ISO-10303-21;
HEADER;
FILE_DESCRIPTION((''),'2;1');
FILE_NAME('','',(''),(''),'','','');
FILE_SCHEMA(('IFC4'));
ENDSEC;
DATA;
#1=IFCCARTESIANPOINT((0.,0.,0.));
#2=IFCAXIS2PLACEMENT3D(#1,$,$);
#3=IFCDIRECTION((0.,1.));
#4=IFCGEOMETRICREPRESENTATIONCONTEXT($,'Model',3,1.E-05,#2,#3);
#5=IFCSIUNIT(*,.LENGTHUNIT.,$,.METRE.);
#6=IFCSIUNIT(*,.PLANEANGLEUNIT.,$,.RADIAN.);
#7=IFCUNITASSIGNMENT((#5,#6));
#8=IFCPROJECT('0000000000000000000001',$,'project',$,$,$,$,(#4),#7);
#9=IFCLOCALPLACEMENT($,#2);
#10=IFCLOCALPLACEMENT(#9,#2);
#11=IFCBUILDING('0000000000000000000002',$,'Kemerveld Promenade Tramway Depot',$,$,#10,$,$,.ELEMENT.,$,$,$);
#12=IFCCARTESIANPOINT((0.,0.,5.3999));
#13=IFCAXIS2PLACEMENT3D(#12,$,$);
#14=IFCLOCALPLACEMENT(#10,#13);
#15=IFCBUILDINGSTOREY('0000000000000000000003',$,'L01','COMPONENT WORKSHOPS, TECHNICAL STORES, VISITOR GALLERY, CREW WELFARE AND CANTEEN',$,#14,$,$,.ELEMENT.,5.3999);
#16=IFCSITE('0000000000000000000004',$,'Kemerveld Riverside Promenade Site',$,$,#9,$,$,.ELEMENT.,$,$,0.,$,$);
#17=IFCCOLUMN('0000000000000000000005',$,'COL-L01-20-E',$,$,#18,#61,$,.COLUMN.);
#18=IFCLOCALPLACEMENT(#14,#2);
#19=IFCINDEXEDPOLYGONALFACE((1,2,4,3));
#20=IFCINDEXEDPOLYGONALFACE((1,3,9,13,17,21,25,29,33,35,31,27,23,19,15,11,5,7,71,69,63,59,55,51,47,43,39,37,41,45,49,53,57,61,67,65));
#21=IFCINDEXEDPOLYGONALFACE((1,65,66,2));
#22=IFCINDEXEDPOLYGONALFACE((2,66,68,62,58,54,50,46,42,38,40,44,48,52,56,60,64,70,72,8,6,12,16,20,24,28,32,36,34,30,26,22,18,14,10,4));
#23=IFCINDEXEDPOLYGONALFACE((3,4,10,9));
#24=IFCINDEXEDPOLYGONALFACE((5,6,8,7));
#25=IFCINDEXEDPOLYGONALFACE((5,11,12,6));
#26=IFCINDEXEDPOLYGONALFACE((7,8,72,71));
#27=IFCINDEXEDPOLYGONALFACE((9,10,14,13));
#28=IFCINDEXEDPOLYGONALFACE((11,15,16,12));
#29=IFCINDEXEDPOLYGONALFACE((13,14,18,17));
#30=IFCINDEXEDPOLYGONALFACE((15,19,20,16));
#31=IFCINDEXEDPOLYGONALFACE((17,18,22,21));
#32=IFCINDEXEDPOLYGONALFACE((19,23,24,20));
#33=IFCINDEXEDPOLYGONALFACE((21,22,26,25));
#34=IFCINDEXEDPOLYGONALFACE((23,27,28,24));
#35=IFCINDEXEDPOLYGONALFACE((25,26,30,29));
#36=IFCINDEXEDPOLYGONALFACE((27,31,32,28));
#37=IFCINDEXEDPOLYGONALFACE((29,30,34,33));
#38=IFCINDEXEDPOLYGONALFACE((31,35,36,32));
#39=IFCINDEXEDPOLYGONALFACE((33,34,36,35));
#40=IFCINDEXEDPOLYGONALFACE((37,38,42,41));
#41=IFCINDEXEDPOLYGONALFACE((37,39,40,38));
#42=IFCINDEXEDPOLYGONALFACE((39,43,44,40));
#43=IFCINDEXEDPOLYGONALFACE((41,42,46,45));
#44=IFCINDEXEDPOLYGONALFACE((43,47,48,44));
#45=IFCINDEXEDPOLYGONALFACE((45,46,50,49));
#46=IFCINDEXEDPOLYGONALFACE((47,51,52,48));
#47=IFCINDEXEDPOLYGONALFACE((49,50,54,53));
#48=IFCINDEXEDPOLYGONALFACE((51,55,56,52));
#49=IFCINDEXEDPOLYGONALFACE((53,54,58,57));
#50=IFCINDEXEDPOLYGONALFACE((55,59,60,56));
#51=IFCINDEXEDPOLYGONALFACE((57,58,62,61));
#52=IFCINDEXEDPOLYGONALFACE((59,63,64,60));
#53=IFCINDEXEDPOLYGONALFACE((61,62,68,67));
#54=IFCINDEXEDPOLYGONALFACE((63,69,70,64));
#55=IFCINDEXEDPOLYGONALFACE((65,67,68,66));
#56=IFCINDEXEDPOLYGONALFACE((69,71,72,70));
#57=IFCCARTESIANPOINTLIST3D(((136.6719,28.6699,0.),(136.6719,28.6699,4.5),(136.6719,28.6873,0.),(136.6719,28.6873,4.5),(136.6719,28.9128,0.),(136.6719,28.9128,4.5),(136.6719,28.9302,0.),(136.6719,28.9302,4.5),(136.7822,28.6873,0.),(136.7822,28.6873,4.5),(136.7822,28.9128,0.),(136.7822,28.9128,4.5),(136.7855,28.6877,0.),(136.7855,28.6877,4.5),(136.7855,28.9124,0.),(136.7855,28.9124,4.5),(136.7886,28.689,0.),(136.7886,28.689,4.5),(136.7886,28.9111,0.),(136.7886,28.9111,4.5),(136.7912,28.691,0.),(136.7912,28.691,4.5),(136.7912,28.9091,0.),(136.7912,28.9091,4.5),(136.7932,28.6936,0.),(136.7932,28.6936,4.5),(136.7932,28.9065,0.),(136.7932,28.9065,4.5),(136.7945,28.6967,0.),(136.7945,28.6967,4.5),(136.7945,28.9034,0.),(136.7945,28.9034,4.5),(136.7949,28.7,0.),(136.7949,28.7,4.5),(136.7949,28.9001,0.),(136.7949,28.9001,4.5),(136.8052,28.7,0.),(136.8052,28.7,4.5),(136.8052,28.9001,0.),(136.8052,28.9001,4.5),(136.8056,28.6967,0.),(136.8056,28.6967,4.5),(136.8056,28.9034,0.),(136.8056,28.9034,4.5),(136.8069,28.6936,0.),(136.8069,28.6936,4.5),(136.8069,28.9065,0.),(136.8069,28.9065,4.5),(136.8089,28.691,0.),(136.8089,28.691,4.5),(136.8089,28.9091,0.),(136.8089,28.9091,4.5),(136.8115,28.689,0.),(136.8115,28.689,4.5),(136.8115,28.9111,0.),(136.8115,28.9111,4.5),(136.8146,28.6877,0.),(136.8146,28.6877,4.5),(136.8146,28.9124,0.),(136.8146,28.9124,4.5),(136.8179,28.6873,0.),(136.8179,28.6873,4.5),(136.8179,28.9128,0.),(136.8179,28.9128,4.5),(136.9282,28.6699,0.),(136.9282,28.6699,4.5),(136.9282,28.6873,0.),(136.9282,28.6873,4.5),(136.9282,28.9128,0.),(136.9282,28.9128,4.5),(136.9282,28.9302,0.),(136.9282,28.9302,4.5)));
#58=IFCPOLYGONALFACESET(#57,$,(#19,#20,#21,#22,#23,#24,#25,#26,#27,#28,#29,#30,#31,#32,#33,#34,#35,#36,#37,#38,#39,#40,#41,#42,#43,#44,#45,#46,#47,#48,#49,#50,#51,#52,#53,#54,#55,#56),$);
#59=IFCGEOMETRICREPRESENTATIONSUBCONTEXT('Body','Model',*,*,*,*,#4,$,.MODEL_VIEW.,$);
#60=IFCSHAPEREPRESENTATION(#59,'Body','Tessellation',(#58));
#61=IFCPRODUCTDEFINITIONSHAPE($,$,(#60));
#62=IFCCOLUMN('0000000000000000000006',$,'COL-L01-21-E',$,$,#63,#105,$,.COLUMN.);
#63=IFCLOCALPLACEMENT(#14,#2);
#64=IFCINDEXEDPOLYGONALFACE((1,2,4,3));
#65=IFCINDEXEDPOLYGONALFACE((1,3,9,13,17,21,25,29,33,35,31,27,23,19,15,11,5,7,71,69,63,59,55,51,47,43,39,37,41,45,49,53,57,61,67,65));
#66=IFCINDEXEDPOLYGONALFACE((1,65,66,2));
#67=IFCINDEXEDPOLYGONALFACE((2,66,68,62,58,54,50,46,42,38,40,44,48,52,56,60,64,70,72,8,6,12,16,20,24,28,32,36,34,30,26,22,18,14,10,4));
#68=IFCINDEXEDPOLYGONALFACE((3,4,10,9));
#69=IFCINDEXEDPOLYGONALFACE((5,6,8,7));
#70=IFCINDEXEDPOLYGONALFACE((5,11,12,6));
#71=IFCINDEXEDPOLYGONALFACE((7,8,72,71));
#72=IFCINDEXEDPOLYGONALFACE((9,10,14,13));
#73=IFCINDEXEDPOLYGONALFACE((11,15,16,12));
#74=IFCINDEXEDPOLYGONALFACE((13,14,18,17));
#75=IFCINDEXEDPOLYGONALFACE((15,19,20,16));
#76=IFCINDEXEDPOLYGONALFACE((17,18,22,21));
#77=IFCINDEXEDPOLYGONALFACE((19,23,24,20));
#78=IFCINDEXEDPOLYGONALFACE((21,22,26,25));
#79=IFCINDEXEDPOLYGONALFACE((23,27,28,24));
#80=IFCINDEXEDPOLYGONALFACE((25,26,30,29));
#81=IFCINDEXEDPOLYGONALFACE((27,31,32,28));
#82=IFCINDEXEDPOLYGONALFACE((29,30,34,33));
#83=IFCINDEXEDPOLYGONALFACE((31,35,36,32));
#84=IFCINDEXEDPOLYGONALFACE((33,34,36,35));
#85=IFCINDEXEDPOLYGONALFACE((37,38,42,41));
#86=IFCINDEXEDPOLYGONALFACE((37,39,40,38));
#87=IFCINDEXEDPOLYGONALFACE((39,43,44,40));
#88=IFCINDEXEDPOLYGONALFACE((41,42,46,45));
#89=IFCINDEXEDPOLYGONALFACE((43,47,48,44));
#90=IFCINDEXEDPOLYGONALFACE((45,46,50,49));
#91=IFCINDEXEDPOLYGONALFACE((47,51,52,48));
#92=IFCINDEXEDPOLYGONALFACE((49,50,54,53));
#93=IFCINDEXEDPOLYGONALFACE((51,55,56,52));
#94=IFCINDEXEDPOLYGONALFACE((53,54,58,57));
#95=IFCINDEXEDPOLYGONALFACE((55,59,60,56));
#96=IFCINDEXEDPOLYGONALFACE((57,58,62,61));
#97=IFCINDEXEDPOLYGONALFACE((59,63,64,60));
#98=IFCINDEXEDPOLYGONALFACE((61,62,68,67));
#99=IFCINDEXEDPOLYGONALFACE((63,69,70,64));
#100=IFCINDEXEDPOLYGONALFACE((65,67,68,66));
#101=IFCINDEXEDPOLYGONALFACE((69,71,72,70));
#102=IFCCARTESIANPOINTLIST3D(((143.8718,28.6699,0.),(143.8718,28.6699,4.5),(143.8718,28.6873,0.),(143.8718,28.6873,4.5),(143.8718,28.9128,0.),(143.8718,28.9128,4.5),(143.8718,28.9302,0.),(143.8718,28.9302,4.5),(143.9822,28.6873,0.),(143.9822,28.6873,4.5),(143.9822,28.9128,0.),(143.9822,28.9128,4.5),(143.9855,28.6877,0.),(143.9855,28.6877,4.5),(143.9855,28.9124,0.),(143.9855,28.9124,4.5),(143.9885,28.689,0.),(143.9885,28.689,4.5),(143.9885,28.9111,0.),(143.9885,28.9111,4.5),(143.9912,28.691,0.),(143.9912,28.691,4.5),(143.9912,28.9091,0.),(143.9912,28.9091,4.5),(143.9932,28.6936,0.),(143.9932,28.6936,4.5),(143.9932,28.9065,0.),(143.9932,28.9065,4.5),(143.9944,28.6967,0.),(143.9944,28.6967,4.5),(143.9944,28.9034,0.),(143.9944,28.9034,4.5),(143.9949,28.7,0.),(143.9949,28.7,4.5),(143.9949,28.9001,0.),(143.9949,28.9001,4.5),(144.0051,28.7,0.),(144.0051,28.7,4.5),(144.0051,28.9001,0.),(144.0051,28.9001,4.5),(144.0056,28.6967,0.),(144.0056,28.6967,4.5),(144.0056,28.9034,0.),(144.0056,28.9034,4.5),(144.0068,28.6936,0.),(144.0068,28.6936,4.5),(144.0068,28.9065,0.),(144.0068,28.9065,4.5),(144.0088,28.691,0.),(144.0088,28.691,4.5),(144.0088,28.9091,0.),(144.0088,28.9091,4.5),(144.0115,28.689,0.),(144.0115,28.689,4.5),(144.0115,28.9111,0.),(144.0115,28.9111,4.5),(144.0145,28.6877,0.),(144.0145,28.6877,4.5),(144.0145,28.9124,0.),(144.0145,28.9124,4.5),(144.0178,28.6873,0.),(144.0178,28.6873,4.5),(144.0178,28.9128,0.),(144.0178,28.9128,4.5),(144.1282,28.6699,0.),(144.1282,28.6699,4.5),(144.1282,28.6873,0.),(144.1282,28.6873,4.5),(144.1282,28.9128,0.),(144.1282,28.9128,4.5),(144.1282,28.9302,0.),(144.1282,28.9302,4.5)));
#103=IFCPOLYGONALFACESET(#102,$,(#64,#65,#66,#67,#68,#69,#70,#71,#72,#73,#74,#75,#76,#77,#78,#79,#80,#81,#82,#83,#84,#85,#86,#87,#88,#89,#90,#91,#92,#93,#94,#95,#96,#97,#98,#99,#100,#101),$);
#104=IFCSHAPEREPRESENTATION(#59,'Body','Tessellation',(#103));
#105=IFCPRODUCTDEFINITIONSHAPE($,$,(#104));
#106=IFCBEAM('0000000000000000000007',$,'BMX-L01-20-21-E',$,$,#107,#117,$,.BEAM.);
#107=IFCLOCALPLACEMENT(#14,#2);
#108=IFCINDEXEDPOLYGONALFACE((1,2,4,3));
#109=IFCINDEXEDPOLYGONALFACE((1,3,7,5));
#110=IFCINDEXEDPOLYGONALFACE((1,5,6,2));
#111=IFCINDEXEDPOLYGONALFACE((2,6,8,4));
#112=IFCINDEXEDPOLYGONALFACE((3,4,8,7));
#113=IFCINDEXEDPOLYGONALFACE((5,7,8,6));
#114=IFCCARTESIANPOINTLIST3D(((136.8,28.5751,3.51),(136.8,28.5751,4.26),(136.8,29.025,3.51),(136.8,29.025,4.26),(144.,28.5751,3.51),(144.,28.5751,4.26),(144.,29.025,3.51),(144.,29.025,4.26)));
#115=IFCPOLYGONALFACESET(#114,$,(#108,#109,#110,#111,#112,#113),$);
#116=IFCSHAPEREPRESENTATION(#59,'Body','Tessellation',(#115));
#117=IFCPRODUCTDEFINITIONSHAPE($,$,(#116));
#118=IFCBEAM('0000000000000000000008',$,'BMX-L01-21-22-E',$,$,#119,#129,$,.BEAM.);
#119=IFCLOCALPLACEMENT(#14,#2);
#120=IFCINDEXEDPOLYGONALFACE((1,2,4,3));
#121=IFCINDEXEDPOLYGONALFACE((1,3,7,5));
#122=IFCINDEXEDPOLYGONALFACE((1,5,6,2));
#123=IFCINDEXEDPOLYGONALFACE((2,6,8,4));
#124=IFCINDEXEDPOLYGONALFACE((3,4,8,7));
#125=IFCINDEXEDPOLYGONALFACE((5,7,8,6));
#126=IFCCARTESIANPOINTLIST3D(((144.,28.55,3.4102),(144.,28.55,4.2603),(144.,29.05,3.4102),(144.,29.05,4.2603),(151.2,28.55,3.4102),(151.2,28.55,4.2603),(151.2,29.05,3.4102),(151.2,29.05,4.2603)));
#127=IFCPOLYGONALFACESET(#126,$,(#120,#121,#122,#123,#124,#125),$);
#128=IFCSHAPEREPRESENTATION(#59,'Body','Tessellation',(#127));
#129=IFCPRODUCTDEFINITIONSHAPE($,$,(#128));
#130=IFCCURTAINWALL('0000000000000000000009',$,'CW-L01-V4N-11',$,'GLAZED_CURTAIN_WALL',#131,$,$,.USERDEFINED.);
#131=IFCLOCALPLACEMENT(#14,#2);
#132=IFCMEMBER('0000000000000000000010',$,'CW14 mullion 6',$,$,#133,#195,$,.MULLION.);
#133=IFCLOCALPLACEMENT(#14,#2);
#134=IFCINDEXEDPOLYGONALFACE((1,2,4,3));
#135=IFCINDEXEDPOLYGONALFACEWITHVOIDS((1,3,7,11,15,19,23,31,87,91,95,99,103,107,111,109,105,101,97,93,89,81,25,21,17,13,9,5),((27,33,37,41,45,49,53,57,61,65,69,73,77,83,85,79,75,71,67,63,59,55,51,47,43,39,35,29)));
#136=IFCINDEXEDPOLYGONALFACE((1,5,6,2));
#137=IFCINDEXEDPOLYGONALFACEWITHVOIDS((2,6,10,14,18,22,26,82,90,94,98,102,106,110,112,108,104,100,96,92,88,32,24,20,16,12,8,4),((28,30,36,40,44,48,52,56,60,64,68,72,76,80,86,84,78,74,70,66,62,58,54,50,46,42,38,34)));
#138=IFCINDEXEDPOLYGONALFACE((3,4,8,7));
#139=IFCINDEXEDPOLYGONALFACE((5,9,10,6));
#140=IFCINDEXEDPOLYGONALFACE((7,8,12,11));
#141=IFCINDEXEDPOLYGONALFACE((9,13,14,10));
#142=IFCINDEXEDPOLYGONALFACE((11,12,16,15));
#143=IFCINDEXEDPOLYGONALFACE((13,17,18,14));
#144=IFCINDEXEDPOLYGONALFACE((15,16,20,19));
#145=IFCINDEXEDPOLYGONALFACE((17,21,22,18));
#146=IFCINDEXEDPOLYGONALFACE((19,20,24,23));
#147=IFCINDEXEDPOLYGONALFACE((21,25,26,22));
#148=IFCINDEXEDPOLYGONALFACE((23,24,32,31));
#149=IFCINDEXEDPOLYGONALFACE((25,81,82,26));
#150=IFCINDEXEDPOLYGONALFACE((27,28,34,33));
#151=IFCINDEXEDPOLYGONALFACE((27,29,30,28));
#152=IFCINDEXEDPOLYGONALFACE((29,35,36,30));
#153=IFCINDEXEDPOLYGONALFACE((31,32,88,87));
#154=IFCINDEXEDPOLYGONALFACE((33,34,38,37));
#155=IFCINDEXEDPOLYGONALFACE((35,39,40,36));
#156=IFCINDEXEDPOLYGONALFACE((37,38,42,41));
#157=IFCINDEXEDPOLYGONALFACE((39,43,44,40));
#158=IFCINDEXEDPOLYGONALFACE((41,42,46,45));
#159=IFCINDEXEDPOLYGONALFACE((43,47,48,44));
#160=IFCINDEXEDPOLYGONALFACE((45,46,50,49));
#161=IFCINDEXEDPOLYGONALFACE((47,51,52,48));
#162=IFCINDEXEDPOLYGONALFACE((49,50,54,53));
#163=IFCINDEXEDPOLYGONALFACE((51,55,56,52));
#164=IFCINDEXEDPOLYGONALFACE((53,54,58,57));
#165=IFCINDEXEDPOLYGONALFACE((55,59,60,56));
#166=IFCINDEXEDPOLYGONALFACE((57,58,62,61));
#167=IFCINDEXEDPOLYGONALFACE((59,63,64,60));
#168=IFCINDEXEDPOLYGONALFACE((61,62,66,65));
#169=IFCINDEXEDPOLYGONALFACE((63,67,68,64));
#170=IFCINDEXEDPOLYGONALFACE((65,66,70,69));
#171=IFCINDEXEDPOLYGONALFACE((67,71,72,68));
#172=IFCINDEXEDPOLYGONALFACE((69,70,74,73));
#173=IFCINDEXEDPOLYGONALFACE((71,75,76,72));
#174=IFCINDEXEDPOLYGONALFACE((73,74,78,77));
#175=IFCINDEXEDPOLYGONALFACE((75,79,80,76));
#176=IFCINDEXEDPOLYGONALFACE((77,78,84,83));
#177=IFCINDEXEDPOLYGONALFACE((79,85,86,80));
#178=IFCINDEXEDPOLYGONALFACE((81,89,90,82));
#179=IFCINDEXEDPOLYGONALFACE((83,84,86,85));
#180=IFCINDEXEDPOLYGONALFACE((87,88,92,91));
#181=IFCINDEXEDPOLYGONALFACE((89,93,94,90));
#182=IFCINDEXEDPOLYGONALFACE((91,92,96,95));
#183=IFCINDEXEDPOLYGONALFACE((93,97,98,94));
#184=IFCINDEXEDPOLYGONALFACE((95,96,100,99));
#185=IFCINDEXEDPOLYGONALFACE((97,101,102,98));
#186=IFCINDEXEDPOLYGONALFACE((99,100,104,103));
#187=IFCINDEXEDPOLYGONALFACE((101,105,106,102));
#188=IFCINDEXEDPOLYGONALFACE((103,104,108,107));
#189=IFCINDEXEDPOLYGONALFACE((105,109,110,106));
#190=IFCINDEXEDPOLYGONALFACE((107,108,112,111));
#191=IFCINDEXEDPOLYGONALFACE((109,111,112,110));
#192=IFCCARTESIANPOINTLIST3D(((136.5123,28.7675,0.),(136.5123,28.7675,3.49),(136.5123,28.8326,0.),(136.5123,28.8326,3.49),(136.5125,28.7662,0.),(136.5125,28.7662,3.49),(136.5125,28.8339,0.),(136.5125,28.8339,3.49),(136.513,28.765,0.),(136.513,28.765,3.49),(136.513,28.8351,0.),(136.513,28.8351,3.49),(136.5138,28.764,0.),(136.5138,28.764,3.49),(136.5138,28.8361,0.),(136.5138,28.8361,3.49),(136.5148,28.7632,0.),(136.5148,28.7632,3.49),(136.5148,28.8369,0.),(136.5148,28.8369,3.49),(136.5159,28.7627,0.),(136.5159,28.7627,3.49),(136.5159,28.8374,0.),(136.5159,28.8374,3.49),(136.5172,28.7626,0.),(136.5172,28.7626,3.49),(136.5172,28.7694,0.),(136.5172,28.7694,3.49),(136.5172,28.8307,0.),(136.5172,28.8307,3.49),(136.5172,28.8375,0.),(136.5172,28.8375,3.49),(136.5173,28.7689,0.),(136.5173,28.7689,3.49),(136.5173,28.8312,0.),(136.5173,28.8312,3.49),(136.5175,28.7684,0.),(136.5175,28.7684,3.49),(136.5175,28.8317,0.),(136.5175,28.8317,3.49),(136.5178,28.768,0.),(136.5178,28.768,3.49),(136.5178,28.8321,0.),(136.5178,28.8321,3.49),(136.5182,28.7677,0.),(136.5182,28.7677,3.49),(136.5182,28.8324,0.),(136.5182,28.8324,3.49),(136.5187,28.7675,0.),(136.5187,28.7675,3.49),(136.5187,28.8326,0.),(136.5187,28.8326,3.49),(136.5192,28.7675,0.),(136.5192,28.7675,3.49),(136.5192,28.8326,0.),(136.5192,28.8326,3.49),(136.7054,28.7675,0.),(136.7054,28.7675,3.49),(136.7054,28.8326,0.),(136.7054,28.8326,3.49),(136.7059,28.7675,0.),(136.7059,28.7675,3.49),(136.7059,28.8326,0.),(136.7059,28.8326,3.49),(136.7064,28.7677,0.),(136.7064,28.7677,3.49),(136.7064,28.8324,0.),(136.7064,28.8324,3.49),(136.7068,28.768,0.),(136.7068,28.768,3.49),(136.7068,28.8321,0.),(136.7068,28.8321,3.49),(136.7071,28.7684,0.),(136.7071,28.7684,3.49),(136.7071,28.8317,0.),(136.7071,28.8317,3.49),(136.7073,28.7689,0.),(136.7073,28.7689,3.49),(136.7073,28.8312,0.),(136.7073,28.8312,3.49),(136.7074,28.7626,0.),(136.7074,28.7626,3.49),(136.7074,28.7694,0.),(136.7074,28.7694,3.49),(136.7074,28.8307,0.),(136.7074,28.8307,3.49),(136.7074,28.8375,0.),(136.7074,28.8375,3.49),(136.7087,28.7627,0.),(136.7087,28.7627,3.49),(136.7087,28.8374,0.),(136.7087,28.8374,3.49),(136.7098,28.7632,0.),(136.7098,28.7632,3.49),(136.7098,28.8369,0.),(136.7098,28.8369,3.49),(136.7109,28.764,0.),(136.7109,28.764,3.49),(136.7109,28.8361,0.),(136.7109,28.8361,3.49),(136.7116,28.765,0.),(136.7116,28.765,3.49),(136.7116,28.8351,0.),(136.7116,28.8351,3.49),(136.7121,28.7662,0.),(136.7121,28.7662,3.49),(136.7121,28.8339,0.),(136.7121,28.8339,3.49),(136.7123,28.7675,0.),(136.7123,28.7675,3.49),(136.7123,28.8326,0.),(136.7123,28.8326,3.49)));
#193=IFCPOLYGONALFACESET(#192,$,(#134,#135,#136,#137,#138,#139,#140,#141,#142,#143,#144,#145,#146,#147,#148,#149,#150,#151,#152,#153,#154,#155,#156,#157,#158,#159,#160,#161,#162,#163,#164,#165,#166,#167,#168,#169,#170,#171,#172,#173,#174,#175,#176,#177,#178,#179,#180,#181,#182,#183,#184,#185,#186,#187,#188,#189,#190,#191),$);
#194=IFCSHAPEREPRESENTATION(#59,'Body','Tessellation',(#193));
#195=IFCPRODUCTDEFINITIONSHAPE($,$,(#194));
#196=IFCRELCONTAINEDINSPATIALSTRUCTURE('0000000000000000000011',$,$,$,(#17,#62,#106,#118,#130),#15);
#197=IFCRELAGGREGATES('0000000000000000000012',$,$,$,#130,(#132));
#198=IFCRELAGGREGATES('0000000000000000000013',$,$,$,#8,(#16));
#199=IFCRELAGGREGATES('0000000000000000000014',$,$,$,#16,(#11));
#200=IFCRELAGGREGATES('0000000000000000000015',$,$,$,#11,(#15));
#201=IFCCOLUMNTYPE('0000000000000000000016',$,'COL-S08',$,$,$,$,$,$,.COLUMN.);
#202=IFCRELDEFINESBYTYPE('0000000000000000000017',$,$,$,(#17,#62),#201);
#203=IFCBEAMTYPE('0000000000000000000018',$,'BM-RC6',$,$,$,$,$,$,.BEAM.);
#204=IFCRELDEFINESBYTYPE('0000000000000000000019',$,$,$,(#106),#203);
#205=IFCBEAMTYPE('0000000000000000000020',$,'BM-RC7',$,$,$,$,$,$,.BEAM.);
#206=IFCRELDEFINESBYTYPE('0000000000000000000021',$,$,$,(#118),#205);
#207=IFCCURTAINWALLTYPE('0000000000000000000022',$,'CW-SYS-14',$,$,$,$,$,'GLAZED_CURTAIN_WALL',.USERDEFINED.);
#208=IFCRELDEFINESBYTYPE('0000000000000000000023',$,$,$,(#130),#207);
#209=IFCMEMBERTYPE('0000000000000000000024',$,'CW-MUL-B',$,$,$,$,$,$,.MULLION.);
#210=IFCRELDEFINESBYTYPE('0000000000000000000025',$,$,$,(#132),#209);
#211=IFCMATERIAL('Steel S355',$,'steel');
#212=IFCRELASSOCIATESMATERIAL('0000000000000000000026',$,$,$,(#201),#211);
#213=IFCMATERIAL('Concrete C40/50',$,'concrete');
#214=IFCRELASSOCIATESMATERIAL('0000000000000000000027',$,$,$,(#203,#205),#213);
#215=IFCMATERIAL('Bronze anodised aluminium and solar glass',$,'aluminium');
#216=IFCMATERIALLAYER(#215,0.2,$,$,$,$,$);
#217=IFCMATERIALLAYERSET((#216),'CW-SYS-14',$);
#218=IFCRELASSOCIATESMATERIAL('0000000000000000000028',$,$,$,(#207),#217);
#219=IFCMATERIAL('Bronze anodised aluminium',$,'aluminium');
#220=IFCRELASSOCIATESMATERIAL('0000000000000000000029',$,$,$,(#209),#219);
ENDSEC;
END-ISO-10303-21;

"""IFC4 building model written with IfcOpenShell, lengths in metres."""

from ifc_helpers import new_model, si_unit, direction, frame, origin, origin_2d, place, context, subcontext, project, spatial, rectangle, hollow_rectangle, i_section, extrude, material, layer, layer_set, material_profile, profile_set, type_object, element, aggregate, save


model = new_model("IFC4")

# Units and contexts
model_context = context("Model", 3, precision=1e-05, world=origin(), true_north=direction((0.0, 1.0)))
body_context = subcontext(model_context, "Body", "Model", "MODEL_VIEW")
ifc_project = project(units=[si_unit("LENGTHUNIT", "METRE"), si_unit("PLANEANGLEUNIT", "RADIAN")], contexts=[model_context])

# Site, building, storey
site_placement = place(None, origin())
site = spatial("IfcSite", under=ifc_project, at=site_placement, Name="Kemerveld Riverside Promenade Site", CompositionType="ELEMENT", RefElevation=0.0)
building_placement = place(site_placement, origin())
building = spatial("IfcBuilding", under=site, at=building_placement, Name="Kemerveld Promenade Tramway Depot", CompositionType="ELEMENT")
storey_placement = place(building_placement, frame((0.0, 0.0, 5.3999)))
storey = spatial("IfcBuildingStorey", under=building, at=storey_placement, Name="L01", Description="COMPONENT WORKSHOPS, TECHNICAL STORES, VISITOR GALLERY, CREW WELFARE AND CANTEEN", CompositionType="ELEMENT", Elevation=5.3999)

# Columns
ifc_material_1 = material(Name="Steel S355", Category="steel")
ifc_material_profile_1 = material_profile(ifc_material_1, i_section(OverallWidth=0.2563, OverallDepth=0.2603, WebThickness=0.0103, FlangeThickness=0.0173, FilletRadius=0.0127, at=origin_2d()), Name="254x254x89 UC")
ifc_profile_set_1 = profile_set([ifc_material_profile_1], Name="Steel S355")
column_type = type_object("IfcColumnType", Name="COL-S08", PredefinedType="COLUMN", material=ifc_profile_set_1)
for number, where, z_axis, x_axis, name in (
    (1, (136.8, 28.8, 0.0), (0.0, 0.0, 1.0), (1.0, 0.0, 0.0), "COL-L01-20-E"),
    (2, (144.0, 28.8, 0.0), (0.0, 0.0, 1.0), (1.0, 0.0, 0.0), "COL-L01-21-E"),
):
    element("IfcColumn", number, at=place(storey_placement, frame(where, z_axis=z_axis, x_axis=x_axis)), inside=storey, type_object=column_type, Name=name, PredefinedType="COLUMN", context=body_context, shape_type="SweptSolid", body=[
        extrude(i_section(OverallWidth=0.2563, OverallDepth=0.2603, WebThickness=0.0103, FlangeThickness=0.0173, FilletRadius=0.0127, at=origin_2d()), origin(), (0.0, 0.0, 1.0), 4.5),
    ])

# Beams
ifc_material_2 = material(Name="Concrete C40/50", Category="concrete")
ifc_material_profile_2 = material_profile(ifc_material_2, rectangle(XDim=0.45, YDim=0.75, at=origin_2d()), Name="RC-BM-450x750")
ifc_profile_set_2 = profile_set([ifc_material_profile_2], Name="Concrete C40/50")
beam_type_1 = type_object("IfcBeamType", Name="BM-RC6", PredefinedType="BEAM", material=ifc_profile_set_2)
beam_1_placement = place(storey_placement, frame((136.8, 28.8, 3.885), z_axis=(1.0, 0.0, 0.0), x_axis=(0.0, 1.0, 0.0)))
element("IfcBeam", 3, at=beam_1_placement, inside=storey, type_object=beam_type_1, Name="BMX-L01-20-21-E", PredefinedType="BEAM", context=body_context, shape_type="SweptSolid", body=[
    extrude(rectangle(XDim=0.45, YDim=0.75, at=origin_2d()), origin(), (0.0, 0.0, 1.0), 7.2),
])
ifc_material_profile_3 = material_profile(ifc_material_2, rectangle(XDim=0.5, YDim=0.8501, at=origin_2d()), Name="RC-BM-500x850")
ifc_profile_set_3 = profile_set([ifc_material_profile_3], Name="Concrete C40/50")
beam_type_2 = type_object("IfcBeamType", Name="BM-RC7", PredefinedType="BEAM", material=ifc_profile_set_3)
beam_2_placement = place(storey_placement, frame((144.0, 28.8, 3.8352), z_axis=(1.0, 0.0, 0.0), x_axis=(0.0, 1.0, 0.0)))
element("IfcBeam", 4, at=beam_2_placement, inside=storey, type_object=beam_type_2, Name="BMX-L01-21-22-E", PredefinedType="BEAM", context=body_context, shape_type="SweptSolid", body=[
    extrude(rectangle(XDim=0.5, YDim=0.8501, at=origin_2d()), origin(), (0.0, 0.0, 1.0), 7.2),
])

# Curtain wall, member
ifc_material_3 = material(Name="Bronze anodised aluminium and solar glass", Category="aluminium")
ifc_layer_1 = layer(ifc_material_3, 0.2)
ifc_layer_set_1 = layer_set([ifc_layer_1], Name="CW-SYS-14")
curtain_wall_type_1 = type_object("IfcCurtainWallType", Name="CW-SYS-14", ElementType="GLAZED_CURTAIN_WALL", PredefinedType="USERDEFINED", material=ifc_layer_set_1)
curtain_wall_1_placement = place(storey_placement, origin())
curtain_wall_1 = element("IfcCurtainWall", 5, at=curtain_wall_1_placement, inside=storey, type_object=curtain_wall_type_1, Name="CW-L01-V4N-11", ObjectType="GLAZED_CURTAIN_WALL", PredefinedType="USERDEFINED")
ifc_material_4 = material(Name="Bronze anodised aluminium", Category="aluminium")
ifc_material_profile_4 = material_profile(ifc_material_4, hollow_rectangle(XDim=0.075, YDim=0.2, WallThickness=0.0049, InnerFilletRadius=0.002, OuterFilletRadius=0.0049, at=origin_2d()), Name="CW-MUL-200x75")
ifc_profile_set_4 = profile_set([ifc_material_profile_4], Name="Bronze anodised aluminium")
member_type_1 = type_object("IfcMemberType", Name="CW-MUL-B", PredefinedType="MULLION", material=ifc_profile_set_4)
member_1_placement = place(storey_placement, frame((136.6123, 28.8, 0.0), z_axis=(0.0, 0.0, 1.0), x_axis=(0.0, 1.0, 0.0)))
member_1 = element("IfcMember", 6, at=member_1_placement, type_object=member_type_1, Name="CW14 mullion 6", PredefinedType="MULLION", context=body_context, shape_type="SweptSolid", body=[
    extrude(hollow_rectangle(XDim=0.075, YDim=0.2, WallThickness=0.0049, InnerFilletRadius=0.002, OuterFilletRadius=0.0049, at=origin_2d()), origin(), (0.0, 0.0, 1.0), 3.49),
])

aggregate(curtain_wall_1, [member_1])

save(model, "model.ifc")
